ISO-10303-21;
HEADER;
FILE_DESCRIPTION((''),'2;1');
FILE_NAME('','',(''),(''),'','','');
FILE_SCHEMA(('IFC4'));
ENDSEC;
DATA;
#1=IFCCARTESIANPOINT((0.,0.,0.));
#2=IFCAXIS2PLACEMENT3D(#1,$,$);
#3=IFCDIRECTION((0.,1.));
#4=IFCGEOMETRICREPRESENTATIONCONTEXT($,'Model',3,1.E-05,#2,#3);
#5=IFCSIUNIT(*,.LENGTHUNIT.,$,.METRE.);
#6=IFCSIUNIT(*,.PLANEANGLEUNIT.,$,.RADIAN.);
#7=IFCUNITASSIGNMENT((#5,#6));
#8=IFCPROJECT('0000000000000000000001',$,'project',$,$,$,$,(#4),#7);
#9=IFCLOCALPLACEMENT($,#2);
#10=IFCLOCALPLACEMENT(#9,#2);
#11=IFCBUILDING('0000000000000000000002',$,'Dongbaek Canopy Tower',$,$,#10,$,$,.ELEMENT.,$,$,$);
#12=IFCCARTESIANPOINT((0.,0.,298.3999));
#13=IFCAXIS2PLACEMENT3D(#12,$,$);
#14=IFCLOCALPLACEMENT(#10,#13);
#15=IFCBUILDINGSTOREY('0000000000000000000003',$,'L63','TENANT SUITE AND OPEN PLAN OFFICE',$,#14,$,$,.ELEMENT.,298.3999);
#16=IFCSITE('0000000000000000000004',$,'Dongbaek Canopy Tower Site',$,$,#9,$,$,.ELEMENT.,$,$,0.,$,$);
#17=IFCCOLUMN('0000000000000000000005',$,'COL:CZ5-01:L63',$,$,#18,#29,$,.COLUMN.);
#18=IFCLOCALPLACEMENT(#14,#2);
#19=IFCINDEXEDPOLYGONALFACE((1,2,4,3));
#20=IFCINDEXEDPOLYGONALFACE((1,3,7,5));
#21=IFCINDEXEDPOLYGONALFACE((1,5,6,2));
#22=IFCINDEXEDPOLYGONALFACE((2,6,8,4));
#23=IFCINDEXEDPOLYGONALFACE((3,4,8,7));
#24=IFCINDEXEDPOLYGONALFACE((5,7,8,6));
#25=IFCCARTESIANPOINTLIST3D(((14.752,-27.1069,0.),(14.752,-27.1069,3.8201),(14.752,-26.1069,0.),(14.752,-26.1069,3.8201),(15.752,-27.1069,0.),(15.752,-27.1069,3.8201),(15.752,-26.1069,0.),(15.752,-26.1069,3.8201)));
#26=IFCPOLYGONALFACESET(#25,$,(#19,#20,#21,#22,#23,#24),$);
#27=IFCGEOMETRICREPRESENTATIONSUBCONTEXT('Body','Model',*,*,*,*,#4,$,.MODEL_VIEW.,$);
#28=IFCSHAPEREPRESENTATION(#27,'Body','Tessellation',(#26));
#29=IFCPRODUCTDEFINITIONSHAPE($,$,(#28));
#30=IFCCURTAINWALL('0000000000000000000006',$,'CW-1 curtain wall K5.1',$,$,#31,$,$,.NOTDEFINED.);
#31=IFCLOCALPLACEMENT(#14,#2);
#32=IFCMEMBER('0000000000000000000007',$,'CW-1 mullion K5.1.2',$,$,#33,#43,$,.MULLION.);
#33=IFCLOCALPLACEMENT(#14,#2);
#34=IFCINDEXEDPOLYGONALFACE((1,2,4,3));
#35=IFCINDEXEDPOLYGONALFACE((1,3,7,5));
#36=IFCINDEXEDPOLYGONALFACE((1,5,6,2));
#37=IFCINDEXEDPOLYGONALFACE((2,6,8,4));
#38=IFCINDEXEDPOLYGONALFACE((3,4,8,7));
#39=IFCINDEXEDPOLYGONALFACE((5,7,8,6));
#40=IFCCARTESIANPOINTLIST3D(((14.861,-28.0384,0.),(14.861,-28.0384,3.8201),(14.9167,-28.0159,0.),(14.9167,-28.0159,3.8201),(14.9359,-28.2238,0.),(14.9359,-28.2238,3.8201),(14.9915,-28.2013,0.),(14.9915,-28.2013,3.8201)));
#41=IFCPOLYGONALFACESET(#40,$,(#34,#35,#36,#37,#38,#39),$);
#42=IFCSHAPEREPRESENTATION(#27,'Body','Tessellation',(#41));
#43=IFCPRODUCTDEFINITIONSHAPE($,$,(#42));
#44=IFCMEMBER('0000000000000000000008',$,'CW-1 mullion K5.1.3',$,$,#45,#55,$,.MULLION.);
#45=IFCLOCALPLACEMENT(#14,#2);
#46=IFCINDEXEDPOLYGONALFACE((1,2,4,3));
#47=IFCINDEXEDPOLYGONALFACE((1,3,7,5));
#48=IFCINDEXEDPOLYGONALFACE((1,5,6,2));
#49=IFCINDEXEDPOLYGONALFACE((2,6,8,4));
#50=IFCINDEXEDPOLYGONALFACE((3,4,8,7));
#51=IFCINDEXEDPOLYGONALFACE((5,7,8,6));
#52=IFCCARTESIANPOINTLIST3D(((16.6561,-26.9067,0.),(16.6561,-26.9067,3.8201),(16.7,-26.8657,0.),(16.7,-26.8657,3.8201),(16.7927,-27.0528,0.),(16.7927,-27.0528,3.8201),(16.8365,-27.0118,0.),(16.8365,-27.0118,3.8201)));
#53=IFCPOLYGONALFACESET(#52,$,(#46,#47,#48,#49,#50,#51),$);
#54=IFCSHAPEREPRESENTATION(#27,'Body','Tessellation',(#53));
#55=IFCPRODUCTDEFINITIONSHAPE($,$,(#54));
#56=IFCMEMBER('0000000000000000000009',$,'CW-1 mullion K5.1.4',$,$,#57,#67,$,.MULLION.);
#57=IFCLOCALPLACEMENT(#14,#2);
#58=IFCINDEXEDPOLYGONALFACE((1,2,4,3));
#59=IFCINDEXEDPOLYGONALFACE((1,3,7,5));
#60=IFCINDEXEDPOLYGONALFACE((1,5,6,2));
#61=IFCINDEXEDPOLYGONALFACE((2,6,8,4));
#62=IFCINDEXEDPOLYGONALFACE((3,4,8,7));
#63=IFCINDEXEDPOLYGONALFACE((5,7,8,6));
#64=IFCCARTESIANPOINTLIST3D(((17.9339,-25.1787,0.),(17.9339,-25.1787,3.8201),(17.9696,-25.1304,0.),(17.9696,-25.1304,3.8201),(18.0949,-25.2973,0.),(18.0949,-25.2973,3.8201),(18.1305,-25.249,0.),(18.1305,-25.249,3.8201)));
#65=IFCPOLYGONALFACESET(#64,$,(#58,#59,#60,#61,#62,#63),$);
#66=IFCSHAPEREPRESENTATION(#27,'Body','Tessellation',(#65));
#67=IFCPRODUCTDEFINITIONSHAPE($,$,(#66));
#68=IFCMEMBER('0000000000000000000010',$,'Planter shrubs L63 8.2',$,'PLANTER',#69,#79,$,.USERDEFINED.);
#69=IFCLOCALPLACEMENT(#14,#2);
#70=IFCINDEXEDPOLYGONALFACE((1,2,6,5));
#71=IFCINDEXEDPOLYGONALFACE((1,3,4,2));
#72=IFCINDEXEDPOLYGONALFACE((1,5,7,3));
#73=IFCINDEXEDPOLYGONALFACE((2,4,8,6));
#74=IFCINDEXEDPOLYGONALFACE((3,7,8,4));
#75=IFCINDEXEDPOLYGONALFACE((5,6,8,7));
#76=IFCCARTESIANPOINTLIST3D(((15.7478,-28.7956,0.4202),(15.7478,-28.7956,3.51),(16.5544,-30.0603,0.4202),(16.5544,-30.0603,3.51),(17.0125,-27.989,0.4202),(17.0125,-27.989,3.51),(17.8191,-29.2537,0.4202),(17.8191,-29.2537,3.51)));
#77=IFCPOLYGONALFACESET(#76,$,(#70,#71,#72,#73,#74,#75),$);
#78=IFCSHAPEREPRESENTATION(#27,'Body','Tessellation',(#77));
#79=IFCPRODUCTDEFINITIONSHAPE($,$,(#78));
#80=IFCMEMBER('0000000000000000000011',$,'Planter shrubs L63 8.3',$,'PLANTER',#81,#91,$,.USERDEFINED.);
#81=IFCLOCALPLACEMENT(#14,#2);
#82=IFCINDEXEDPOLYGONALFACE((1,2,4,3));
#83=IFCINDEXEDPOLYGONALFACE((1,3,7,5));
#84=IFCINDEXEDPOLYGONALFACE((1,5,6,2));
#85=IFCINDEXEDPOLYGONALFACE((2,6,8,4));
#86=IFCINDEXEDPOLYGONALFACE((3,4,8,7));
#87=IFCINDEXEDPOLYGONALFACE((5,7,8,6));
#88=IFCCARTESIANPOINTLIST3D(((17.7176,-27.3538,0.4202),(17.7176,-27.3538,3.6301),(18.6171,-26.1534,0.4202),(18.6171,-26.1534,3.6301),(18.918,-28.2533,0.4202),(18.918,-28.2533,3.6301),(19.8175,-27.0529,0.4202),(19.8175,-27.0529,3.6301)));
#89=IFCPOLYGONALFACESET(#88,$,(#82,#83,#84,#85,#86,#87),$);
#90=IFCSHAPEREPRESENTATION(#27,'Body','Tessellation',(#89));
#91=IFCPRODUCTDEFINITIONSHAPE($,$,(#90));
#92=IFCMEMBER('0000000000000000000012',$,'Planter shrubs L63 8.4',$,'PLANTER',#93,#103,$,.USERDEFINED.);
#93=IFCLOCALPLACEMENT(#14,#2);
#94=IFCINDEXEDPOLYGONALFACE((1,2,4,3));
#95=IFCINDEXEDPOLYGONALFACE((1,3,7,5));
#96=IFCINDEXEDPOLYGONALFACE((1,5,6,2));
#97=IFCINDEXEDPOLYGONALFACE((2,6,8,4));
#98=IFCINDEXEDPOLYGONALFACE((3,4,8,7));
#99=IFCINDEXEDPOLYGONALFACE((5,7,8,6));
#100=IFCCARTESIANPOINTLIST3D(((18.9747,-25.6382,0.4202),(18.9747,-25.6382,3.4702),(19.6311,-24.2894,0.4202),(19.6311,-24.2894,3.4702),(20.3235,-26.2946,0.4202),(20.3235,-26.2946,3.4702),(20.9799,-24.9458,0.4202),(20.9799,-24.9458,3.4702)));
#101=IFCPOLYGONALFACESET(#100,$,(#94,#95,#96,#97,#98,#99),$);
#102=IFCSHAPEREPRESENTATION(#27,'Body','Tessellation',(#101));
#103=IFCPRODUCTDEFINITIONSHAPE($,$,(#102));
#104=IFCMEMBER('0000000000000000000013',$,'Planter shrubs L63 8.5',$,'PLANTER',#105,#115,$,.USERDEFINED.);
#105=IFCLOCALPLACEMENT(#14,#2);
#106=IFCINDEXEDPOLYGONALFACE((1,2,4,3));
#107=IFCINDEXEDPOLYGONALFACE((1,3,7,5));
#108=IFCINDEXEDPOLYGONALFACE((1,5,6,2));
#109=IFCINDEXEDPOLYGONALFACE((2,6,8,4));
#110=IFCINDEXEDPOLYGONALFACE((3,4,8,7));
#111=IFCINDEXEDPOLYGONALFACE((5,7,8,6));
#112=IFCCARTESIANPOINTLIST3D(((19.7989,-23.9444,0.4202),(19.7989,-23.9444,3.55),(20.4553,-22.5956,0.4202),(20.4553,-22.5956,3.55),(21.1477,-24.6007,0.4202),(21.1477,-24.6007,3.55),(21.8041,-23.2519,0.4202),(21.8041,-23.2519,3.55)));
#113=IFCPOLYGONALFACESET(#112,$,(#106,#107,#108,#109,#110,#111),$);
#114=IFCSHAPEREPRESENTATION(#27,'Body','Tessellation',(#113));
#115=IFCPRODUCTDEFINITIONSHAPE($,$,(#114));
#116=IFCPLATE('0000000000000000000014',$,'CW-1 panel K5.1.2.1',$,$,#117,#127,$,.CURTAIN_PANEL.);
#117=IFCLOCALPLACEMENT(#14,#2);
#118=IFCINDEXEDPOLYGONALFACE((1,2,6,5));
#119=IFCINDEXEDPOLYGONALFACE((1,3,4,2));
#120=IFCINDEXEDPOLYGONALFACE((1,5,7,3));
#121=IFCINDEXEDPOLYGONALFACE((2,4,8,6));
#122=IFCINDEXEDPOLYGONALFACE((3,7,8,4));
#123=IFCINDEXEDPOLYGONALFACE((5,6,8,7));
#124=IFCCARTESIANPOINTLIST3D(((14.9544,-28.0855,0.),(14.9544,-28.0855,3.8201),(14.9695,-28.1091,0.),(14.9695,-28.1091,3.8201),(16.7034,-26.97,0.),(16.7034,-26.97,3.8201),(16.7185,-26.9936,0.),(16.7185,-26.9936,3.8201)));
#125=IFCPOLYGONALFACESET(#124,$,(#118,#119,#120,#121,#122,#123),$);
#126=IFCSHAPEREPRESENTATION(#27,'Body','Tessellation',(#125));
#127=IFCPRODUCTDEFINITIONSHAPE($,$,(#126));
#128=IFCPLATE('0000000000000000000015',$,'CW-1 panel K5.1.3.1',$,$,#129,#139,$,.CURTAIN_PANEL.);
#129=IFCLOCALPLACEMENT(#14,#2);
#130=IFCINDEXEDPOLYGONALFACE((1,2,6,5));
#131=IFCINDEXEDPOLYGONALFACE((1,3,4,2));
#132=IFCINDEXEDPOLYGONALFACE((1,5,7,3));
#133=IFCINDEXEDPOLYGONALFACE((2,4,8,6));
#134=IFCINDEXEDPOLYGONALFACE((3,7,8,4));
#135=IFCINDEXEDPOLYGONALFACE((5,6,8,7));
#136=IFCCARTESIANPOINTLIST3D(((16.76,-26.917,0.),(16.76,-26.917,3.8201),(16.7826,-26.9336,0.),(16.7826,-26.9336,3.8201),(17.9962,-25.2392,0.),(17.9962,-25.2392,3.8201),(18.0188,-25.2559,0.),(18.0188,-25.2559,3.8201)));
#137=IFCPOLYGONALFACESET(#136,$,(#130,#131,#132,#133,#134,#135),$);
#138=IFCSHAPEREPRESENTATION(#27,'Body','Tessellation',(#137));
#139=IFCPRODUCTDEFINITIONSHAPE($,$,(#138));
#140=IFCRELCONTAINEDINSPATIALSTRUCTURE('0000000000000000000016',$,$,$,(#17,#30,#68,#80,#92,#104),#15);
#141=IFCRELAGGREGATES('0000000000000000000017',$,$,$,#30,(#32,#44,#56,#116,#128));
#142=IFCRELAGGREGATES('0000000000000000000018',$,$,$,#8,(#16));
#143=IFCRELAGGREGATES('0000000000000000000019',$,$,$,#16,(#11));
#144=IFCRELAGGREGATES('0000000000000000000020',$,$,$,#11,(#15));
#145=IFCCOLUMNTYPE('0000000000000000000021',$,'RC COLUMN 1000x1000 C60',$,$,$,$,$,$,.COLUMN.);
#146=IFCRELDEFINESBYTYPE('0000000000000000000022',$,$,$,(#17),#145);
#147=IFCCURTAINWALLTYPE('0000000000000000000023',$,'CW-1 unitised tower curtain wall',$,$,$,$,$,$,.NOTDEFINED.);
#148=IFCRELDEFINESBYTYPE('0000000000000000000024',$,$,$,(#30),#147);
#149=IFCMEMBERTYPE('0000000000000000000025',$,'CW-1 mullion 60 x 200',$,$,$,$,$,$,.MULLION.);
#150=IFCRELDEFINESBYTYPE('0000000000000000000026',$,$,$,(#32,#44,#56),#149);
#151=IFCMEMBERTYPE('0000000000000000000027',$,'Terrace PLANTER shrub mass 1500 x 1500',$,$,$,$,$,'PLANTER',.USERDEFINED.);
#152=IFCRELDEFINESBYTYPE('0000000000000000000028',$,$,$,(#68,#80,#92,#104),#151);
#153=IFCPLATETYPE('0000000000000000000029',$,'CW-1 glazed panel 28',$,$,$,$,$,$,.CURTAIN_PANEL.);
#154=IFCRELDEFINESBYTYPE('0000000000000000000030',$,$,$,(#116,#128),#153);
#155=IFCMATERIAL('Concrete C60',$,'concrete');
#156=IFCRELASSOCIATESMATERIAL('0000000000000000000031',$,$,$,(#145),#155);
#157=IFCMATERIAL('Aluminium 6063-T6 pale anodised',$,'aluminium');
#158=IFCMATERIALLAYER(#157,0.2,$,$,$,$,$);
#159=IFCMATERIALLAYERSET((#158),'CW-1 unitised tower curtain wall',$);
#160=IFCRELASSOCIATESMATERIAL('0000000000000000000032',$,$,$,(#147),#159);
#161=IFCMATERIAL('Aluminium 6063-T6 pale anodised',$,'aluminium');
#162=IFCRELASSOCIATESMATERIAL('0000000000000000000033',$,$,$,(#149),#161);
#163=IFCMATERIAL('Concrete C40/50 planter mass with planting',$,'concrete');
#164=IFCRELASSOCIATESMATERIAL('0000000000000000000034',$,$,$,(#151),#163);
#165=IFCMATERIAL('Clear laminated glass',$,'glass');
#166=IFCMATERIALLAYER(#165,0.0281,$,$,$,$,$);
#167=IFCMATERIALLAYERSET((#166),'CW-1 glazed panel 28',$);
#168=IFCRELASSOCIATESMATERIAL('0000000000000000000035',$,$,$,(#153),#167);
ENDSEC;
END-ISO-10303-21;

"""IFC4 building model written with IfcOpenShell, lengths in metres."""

from ifc_helpers import new_model, si_unit, direction, frame, origin, origin_2d, place, context, subcontext, project, spatial, rectangle, extrude, material, layer, layer_set, material_profile, profile_set, type_object, element, aggregate, save


model = new_model("IFC4")

# Units and contexts
model_context = context("Model", 3, precision=1e-05, world=origin(), true_north=direction((0.0, 1.0)))
body_context = subcontext(model_context, "Body", "Model", "MODEL_VIEW")
ifc_project = project(units=[si_unit("LENGTHUNIT", "METRE"), si_unit("PLANEANGLEUNIT", "RADIAN")], contexts=[model_context])

# Site, building, storey
site_placement = place(None, origin())
site = spatial("IfcSite", under=ifc_project, at=site_placement, Name="Dongbaek Canopy Tower Site", CompositionType="ELEMENT", RefElevation=0.0)
building_placement = place(site_placement, origin())
building = spatial("IfcBuilding", under=site, at=building_placement, Name="Dongbaek Canopy Tower", CompositionType="ELEMENT")
storey_placement = place(building_placement, frame((0.0, 0.0, 298.3999)))
storey = spatial("IfcBuildingStorey", under=building, at=storey_placement, Name="L63", Description="TENANT SUITE AND OPEN PLAN OFFICE", CompositionType="ELEMENT", Elevation=298.3999)

# Column
ifc_material_1 = material(Name="Concrete C60", Category="concrete")
ifc_material_profile_1 = material_profile(ifc_material_1, rectangle(XDim=1.0, YDim=1.0, at=origin_2d()), Name="RC COLUMN 1000x1000 C60")
ifc_profile_set_1 = profile_set([ifc_material_profile_1], Name="Concrete C60")
column_type = type_object("IfcColumnType", Name="RC COLUMN 1000x1000 C60", PredefinedType="COLUMN", material=ifc_profile_set_1)
column_placement = place(storey_placement, frame((15.252, -26.6069, 0.0), z_axis=(0.0, 0.0, 1.0), x_axis=(1.0, 0.0, 0.0)))
element("IfcColumn", 1, at=column_placement, inside=storey, type_object=column_type, Name="COL:CZ5-01:L63", PredefinedType="COLUMN", context=body_context, shape_type="SweptSolid", body=[
    extrude(rectangle(XDim=1.0, YDim=1.0, at=origin_2d()), origin(), (0.0, 0.0, 1.0), 3.8201),
])

# Curtain wall, members
ifc_material_2 = material(Name="Aluminium 6063-T6 pale anodised", Category="aluminium")
ifc_layer_1 = layer(ifc_material_2, 0.2)
ifc_layer_set_1 = layer_set([ifc_layer_1], Name="CW-1 unitised tower curtain wall")
curtain_wall_type = type_object("IfcCurtainWallType", Name="CW-1 unitised tower curtain wall", PredefinedType="NOTDEFINED", material=ifc_layer_set_1)
curtain_wall_placement = place(storey_placement, origin())
curtain_wall = element("IfcCurtainWall", 2, at=curtain_wall_placement, inside=storey, type_object=curtain_wall_type, Name="CW-1 curtain wall K5.1", PredefinedType="NOTDEFINED")
ifc_material_3 = material(Name="Aluminium 6063-T6 pale anodised", Category="aluminium")
ifc_material_profile_2 = material_profile(ifc_material_3, rectangle(XDim=0.2, YDim=0.0601, at=origin_2d()), Name="CW-1 mullion 60 x 200")
ifc_profile_set_2 = profile_set([ifc_material_profile_2], Name="Aluminium 6063-T6 pale anodised")
member_type_1 = type_object("IfcMemberType", Name="CW-1 mullion 60 x 200", PredefinedType="MULLION", material=ifc_profile_set_2)
member_1_placement = place(storey_placement, frame((14.9263, -28.1199, 0.0), z_axis=(0.0, 0.0, 1.0), x_axis=(0.374375, -0.927277, 0.0)))
member_1 = element("IfcMember", 3, at=member_1_placement, type_object=member_type_1, Name="CW-1 mullion K5.1.2", PredefinedType="MULLION", context=body_context, shape_type="SweptSolid", body=[
    extrude(rectangle(XDim=0.2, YDim=0.0601, at=origin_2d()), origin(), (0.0, 0.0, 1.0), 3.8201),
])
member_2_placement = place(storey_placement, frame((16.7463, -26.9592, 0.0), z_axis=(0.0, 0.0, 1.0), x_axis=(0.682926, -0.730487, 0.0)))
member_2 = element("IfcMember", 4, at=member_2_placement, type_object=member_type_1, Name="CW-1 mullion K5.1.3", PredefinedType="MULLION", context=body_context, shape_type="SweptSolid", body=[
    extrude(rectangle(XDim=0.2, YDim=0.0601, at=origin_2d()), origin(), (0.0, 0.0, 1.0), 3.8201),
])
member_3_placement = place(storey_placement, frame((18.0322, -25.2139, 0.0), z_axis=(0.0, 0.0, 1.0), x_axis=(0.805062, -0.593191, 0.0)))
member_3 = element("IfcMember", 5, at=member_3_placement, type_object=member_type_1, Name="CW-1 mullion K5.1.4", PredefinedType="MULLION", context=body_context, shape_type="SweptSolid", body=[
    extrude(rectangle(XDim=0.2, YDim=0.0601, at=origin_2d()), origin(), (0.0, 0.0, 1.0), 3.8201),
])

# Members
ifc_material_4 = material(Name="Concrete C40/50 planter mass with planting", Category="concrete")
ifc_material_profile_3 = material_profile(ifc_material_4, rectangle(XDim=1.5, YDim=1.5, at=origin_2d()), Name="Terrace PLANTER shrub mass 1500 x 1500")
ifc_profile_set_3 = profile_set([ifc_material_profile_3], Name="Concrete C40/50 planter mass with planting")
member_type_2 = type_object("IfcMemberType", Name="Terrace PLANTER shrub mass 1500 x 1500", ElementType="PLANTER", PredefinedType="USERDEFINED", material=ifc_profile_set_3)
member_4_placement = place(storey_placement, frame((16.7834, -29.0247, 0.4202), z_axis=(0.0, 0.0, 1.0), x_axis=(0.53773, -0.843117, 0.0)))
element("IfcMember", 6, at=member_4_placement, inside=storey, type_object=member_type_2, Name="Planter shrubs L63 8.2", ObjectType="PLANTER", PredefinedType="USERDEFINED", context=body_context, shape_type="SweptSolid", body=[
    extrude(rectangle(XDim=1.5, YDim=1.5, at=origin_2d()), origin(), (0.0, 0.0, 1.0), 3.0898),
])
member_5_placement = place(storey_placement, frame((18.7676, -27.2034, 0.4202), z_axis=(0.0, 0.0, 1.0), x_axis=(0.800268, -0.599643, 0.0)))
element("IfcMember", 7, at=member_5_placement, inside=storey, type_object=member_type_2, Name="Planter shrubs L63 8.3", ObjectType="PLANTER", PredefinedType="USERDEFINED", context=body_context, shape_type="SweptSolid", body=[
    extrude(rectangle(XDim=1.5, YDim=1.5, at=origin_2d()), origin(), (0.0, 0.0, 1.0), 3.21),
])
member_6_placement = place(storey_placement, frame((19.9773, -25.292, 0.4202), z_axis=(0.0, 0.0, 1.0), x_axis=(0.899184, -0.43757, 0.0)))
element("IfcMember", 8, at=member_6_placement, inside=storey, type_object=member_type_2, Name="Planter shrubs L63 8.4", ObjectType="PLANTER", PredefinedType="USERDEFINED", context=body_context, shape_type="SweptSolid", body=[
    extrude(rectangle(XDim=1.5, YDim=1.5, at=origin_2d()), origin(), (0.0, 0.0, 1.0), 3.05),
])
member_7_placement = place(storey_placement, frame((20.8015, -23.5981, 0.4202), z_axis=(0.0, 0.0, 1.0), x_axis=(0.899184, -0.43757, 0.0)))
element("IfcMember", 9, at=member_7_placement, inside=storey, type_object=member_type_2, Name="Planter shrubs L63 8.5", ObjectType="PLANTER", PredefinedType="USERDEFINED", context=body_context, shape_type="SweptSolid", body=[
    extrude(rectangle(XDim=1.5, YDim=1.5, at=origin_2d()), origin(), (0.0, 0.0, 1.0), 3.1299),
])

# Plates
ifc_material_5 = material(Name="Clear laminated glass", Category="glass")
ifc_layer_2 = layer(ifc_material_5, 0.0281)
ifc_layer_set_2 = layer_set([ifc_layer_2], Name="CW-1 glazed panel 28")
plate_type = type_object("IfcPlateType", Name="CW-1 glazed panel 28", PredefinedType="CURTAIN_PANEL", material=ifc_layer_set_2)
plate_1_placement = place(storey_placement, frame((15.8364, -27.5396, 0.0), z_axis=(0.0, 0.0, 1.0), x_axis=(0.843117, 0.53773, 0.0)))
plate_1 = element("IfcPlate", 10, at=plate_1_placement, type_object=plate_type, Name="CW-1 panel K5.1.2.1", PredefinedType="CURTAIN_PANEL", context=body_context, shape_type="SweptSolid", body=[
    extrude(rectangle(XDim=2.0745, YDim=0.0281, at=origin_2d()), origin(), (0.0, 0.0, 1.0), 3.8201),
])
plate_2_placement = place(storey_placement, frame((17.3894, -26.0864, 0.0), z_axis=(0.0, 0.0, 1.0), x_axis=(0.593191, 0.805062, 0.0)))
plate_2 = element("IfcPlate", 11, at=plate_2_placement, type_object=plate_type, Name="CW-1 panel K5.1.3.1", PredefinedType="CURTAIN_PANEL", context=body_context, shape_type="SweptSolid", body=[
    extrude(rectangle(XDim=2.084, YDim=0.0281, at=origin_2d()), origin(), (0.0, 0.0, 1.0), 3.8201),
])
aggregate(curtain_wall, [member_1, member_2, member_3, plate_1, plate_2])

save(model, "model.ifc")
